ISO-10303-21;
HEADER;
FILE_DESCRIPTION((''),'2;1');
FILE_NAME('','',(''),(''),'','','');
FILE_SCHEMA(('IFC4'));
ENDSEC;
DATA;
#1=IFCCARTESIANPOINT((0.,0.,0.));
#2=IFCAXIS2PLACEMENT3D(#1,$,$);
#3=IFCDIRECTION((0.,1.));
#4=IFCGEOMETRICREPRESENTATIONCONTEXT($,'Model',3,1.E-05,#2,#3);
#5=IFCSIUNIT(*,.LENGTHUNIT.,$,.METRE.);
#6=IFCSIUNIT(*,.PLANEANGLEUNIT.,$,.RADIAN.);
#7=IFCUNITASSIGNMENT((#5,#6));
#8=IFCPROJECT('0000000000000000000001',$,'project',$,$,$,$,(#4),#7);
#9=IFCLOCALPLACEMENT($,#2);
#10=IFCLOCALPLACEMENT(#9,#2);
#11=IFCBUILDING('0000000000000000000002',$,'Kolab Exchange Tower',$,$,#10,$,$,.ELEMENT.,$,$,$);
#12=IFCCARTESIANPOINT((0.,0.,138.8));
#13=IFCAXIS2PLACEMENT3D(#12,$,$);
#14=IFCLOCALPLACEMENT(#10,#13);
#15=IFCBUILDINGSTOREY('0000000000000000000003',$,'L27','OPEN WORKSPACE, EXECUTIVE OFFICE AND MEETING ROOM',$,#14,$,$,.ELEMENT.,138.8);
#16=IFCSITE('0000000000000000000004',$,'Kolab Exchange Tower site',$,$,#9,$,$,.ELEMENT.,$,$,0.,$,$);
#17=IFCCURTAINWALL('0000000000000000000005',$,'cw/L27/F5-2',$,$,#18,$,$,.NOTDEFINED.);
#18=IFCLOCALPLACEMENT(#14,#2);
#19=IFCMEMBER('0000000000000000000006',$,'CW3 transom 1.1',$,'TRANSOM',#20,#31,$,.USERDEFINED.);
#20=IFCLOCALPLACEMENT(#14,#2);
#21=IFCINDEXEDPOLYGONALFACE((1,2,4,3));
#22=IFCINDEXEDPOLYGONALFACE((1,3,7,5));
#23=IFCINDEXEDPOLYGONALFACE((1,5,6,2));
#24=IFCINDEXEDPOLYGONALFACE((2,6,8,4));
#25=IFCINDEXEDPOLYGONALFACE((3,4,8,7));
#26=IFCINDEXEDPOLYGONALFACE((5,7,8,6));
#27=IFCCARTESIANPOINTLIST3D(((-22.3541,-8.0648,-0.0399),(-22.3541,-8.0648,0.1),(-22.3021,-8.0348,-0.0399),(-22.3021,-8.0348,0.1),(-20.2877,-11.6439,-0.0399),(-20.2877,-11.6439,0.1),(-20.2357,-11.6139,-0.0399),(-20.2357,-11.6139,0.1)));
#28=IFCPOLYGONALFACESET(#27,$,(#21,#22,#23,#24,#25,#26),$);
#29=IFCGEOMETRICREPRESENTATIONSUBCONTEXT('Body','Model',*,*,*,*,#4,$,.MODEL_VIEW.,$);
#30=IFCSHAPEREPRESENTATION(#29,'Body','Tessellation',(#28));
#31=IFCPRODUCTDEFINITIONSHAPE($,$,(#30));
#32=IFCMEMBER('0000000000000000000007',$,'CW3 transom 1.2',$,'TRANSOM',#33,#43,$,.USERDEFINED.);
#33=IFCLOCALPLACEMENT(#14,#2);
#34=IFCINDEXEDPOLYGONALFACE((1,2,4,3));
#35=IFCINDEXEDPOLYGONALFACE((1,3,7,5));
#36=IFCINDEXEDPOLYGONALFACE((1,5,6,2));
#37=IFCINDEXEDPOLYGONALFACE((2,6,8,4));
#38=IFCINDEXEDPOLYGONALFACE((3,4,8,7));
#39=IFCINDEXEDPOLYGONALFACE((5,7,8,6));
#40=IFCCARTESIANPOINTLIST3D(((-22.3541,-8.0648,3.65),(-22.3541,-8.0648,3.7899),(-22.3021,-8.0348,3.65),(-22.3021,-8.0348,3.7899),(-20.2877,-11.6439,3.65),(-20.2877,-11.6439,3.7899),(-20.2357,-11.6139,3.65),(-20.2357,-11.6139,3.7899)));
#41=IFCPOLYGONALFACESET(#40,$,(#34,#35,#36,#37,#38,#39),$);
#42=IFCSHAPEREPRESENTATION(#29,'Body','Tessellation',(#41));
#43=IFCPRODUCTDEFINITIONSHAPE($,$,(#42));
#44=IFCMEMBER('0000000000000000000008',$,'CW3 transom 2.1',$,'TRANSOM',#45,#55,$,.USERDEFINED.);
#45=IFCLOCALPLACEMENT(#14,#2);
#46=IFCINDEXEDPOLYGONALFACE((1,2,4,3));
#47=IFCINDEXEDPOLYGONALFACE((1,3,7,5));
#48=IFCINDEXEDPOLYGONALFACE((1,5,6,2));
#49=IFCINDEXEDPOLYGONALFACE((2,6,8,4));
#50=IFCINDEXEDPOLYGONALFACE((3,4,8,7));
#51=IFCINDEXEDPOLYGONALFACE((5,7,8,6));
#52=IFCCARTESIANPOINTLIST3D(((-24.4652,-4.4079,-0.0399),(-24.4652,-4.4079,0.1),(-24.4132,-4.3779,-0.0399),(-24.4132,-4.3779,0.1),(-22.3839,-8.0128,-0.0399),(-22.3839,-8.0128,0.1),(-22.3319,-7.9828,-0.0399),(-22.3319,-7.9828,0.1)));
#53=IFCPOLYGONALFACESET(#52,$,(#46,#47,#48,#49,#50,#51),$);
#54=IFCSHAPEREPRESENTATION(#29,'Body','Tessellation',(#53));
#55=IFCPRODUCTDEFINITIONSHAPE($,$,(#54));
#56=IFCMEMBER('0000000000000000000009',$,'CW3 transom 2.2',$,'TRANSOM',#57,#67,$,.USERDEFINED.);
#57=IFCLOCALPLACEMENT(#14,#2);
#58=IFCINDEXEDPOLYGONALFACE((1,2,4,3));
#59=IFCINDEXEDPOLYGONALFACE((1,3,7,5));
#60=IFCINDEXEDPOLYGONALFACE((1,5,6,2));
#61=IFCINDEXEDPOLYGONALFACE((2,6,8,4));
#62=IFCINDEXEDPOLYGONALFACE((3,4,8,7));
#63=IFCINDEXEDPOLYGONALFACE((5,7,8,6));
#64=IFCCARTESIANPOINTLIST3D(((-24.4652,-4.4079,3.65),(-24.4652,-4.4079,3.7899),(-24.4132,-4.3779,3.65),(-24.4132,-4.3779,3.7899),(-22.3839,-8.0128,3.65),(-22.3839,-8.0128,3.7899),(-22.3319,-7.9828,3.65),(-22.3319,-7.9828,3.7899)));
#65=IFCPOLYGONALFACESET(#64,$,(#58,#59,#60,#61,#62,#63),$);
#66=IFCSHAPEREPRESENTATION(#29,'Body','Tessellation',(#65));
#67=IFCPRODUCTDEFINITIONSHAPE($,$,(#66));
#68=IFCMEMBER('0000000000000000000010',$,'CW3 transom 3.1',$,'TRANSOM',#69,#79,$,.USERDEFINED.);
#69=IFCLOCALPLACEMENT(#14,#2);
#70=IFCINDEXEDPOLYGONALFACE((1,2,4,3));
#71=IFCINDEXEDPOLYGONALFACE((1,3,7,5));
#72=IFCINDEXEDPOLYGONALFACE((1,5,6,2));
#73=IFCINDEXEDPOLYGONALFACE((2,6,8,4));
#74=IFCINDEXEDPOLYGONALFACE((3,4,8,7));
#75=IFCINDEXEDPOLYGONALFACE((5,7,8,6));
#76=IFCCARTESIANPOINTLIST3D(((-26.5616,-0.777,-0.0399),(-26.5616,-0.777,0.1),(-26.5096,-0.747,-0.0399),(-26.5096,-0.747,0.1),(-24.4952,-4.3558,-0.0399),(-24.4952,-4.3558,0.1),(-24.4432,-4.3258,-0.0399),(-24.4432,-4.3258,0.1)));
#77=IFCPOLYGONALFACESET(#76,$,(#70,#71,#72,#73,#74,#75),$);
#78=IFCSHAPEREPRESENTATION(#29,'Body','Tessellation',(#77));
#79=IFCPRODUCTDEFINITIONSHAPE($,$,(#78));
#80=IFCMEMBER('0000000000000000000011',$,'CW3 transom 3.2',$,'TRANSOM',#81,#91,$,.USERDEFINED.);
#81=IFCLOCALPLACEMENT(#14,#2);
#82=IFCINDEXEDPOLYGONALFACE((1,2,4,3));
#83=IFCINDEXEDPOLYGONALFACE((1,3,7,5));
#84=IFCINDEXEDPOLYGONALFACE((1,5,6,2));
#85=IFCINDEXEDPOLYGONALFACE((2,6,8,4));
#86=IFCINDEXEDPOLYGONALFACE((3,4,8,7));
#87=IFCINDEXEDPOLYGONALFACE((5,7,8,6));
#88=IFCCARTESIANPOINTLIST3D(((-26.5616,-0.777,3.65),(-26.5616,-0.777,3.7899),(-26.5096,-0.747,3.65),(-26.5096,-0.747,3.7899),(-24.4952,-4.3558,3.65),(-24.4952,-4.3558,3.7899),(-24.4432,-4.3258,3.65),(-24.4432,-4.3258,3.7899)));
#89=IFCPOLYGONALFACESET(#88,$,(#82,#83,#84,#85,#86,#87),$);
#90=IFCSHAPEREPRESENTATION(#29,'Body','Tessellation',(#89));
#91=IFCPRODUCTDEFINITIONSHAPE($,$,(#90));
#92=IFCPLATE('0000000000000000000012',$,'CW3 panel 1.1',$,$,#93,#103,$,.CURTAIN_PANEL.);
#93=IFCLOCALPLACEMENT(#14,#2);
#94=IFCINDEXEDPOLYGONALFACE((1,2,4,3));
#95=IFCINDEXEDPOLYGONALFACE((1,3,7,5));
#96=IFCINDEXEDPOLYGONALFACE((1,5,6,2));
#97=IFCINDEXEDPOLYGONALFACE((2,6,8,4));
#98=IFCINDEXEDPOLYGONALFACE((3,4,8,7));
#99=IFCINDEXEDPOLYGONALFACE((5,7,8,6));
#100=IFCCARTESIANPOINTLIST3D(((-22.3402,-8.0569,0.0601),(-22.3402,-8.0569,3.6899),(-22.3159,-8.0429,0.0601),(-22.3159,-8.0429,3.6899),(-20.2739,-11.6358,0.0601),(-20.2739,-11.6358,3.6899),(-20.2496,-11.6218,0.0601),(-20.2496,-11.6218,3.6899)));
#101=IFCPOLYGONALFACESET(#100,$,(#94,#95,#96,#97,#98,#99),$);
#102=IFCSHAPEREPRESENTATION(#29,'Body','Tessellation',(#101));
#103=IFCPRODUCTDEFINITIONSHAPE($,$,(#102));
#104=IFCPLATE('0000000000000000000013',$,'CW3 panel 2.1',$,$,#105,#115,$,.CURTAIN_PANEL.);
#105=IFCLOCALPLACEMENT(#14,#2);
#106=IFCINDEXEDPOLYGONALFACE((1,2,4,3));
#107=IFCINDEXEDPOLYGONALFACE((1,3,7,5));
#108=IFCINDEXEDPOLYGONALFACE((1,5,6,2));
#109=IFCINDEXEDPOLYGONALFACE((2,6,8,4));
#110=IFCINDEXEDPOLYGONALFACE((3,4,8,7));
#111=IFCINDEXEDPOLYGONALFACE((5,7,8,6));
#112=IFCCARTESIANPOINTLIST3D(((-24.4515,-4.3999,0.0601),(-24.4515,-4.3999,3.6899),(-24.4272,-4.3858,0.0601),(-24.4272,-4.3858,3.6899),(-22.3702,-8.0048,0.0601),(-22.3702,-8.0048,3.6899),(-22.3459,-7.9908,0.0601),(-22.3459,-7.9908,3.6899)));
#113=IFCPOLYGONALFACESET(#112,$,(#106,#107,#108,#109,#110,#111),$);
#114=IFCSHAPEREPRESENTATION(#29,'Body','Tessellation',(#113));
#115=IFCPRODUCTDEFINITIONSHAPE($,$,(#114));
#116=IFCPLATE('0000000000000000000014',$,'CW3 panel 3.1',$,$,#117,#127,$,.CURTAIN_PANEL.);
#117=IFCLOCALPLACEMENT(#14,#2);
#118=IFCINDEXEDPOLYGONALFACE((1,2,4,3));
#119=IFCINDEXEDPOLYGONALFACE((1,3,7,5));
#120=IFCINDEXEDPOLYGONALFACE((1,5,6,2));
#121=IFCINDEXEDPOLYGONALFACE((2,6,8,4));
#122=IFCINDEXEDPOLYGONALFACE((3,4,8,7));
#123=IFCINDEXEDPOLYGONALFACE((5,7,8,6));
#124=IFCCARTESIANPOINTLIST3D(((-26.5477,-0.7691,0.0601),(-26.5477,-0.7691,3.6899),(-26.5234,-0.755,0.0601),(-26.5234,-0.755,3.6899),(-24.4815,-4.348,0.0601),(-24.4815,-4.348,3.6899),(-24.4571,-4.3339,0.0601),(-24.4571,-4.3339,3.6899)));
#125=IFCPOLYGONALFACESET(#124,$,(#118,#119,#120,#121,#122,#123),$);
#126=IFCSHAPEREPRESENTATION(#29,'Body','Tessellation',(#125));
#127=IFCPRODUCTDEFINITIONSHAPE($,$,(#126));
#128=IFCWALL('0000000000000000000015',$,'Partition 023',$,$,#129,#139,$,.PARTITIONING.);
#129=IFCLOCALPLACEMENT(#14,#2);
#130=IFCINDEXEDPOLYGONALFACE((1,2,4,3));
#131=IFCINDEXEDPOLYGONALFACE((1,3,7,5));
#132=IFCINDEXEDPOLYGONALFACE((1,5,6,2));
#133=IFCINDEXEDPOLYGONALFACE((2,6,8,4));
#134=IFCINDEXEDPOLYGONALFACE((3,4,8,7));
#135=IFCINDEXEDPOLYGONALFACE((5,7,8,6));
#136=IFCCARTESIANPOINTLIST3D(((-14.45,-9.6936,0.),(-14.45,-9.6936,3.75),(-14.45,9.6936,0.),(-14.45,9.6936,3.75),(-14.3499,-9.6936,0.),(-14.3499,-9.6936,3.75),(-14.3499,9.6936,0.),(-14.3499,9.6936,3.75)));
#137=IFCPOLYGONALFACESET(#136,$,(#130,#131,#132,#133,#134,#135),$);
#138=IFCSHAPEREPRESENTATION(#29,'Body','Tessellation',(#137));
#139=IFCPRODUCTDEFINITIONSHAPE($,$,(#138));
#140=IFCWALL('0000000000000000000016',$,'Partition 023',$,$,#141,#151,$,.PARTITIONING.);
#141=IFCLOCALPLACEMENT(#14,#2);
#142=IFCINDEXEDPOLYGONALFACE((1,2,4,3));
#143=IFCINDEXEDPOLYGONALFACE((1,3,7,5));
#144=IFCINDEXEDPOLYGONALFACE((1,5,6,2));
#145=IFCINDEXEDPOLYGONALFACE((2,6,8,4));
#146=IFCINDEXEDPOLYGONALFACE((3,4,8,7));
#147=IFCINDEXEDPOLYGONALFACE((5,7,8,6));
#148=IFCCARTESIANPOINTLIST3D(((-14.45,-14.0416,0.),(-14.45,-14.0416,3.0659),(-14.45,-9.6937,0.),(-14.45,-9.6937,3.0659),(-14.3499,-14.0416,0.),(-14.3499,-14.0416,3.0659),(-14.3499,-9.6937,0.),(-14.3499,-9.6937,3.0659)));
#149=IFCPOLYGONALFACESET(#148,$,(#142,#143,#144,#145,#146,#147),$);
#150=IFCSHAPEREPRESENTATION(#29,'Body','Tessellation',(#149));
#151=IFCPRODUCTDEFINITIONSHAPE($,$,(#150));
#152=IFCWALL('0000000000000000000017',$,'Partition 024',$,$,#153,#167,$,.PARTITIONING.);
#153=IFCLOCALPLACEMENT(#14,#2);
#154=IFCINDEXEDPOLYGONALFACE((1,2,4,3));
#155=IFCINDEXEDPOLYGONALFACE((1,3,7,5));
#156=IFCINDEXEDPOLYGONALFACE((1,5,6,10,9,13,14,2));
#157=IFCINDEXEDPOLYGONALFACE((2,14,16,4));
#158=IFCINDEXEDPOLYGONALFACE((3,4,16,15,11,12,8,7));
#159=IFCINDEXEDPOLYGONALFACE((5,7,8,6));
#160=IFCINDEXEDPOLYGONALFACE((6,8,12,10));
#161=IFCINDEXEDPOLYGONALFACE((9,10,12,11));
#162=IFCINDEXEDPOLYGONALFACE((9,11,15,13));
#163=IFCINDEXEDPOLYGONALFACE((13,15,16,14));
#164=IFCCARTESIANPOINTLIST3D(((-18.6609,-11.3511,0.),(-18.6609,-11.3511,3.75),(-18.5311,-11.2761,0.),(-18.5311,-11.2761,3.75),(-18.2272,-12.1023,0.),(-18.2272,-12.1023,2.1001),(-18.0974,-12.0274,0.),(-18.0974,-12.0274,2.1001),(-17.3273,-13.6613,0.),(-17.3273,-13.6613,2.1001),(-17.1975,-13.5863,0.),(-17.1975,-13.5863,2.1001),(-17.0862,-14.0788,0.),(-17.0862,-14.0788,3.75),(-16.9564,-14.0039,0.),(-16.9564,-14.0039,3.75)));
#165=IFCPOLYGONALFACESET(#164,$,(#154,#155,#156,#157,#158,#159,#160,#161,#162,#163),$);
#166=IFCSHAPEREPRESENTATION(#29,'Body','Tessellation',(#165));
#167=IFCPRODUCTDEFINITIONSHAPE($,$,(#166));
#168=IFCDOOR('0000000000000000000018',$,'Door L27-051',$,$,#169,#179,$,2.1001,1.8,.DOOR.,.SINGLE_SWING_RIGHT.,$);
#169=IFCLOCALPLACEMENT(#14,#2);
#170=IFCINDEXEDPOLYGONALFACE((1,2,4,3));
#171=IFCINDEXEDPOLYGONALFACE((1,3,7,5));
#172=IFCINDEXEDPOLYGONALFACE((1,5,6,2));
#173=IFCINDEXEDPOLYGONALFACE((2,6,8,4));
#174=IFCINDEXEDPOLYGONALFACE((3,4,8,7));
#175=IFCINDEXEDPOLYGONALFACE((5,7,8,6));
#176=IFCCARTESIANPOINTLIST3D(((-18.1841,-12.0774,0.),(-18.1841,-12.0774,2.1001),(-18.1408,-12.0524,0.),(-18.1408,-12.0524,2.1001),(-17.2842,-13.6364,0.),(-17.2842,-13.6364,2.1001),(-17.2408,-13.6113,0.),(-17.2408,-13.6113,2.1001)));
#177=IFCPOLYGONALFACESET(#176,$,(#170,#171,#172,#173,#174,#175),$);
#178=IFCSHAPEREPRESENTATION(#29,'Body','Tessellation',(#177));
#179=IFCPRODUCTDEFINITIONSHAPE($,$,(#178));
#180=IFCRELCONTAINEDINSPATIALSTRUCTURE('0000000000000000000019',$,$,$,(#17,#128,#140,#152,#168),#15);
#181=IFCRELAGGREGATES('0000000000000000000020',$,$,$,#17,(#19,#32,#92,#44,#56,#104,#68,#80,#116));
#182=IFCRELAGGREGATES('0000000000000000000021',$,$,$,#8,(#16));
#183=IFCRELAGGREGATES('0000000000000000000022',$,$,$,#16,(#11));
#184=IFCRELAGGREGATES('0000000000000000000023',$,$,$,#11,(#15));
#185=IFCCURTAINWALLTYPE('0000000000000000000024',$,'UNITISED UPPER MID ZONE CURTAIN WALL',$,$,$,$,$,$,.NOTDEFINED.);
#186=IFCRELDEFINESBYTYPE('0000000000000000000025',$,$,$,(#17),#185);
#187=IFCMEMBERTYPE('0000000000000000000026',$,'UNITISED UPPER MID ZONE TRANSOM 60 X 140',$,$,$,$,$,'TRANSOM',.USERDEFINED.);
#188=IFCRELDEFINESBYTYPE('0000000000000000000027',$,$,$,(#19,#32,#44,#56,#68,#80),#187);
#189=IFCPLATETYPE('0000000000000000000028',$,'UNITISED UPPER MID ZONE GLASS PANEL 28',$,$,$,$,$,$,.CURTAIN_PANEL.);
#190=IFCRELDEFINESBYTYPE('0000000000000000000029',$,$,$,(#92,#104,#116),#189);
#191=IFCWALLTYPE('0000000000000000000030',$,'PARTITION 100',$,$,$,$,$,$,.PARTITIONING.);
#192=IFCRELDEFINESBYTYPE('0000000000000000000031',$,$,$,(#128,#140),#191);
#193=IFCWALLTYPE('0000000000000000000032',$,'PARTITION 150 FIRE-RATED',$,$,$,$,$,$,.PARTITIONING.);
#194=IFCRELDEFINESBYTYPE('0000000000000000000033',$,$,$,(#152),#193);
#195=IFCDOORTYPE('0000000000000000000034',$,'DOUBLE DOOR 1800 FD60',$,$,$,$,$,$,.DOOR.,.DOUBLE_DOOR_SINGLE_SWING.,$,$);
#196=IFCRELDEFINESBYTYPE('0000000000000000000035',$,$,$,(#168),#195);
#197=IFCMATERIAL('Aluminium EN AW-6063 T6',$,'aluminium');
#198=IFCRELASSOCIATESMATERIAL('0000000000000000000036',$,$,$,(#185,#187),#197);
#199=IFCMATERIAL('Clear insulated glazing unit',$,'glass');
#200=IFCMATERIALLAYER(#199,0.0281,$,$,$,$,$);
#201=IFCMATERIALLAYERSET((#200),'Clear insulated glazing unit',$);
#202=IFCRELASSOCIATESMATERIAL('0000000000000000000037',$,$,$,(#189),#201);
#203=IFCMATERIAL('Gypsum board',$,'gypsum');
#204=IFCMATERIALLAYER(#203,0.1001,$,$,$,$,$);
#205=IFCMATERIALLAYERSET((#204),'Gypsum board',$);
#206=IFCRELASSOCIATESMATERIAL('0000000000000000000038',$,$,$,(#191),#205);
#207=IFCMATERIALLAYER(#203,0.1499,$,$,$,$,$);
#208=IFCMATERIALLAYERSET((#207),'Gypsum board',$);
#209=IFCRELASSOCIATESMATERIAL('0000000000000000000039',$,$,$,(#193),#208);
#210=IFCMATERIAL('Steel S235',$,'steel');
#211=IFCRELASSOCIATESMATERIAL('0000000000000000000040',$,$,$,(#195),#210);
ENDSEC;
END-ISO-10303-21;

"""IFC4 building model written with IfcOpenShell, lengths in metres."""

from ifc_helpers import new_model, si_unit, direction, frame, frame_2d, origin, origin_2d, place, context, subcontext, project, spatial, rectangle, extrude, material, layer, layer_set, material_profile, profile_set, type_object, element, fill, aggregate, save


model = new_model("IFC4")

# Units and contexts
model_context = context("Model", 3, precision=1e-05, world=origin(), true_north=direction((0.0, 1.0)))
body_context = subcontext(model_context, "Body", "Model", "MODEL_VIEW")
ifc_project = project(units=[si_unit("LENGTHUNIT", "METRE"), si_unit("PLANEANGLEUNIT", "RADIAN")], contexts=[model_context])

# Site, building, storey
site_placement = place(None, origin())
site = spatial("IfcSite", under=ifc_project, at=site_placement, Name="Kolab Exchange Tower site", CompositionType="ELEMENT", RefElevation=0.0)
building_placement = place(site_placement, origin())
building = spatial("IfcBuilding", under=site, at=building_placement, Name="Kolab Exchange Tower", CompositionType="ELEMENT")
storey_placement = place(building_placement, frame((0.0, 0.0, 138.8)))
storey = spatial("IfcBuildingStorey", under=building, at=storey_placement, Name="L27", Description="OPEN WORKSPACE, EXECUTIVE OFFICE AND MEETING ROOM", CompositionType="ELEMENT", Elevation=138.8)

# Curtain wall
ifc_material_1 = material(Name="Aluminium EN AW-6063 T6", Category="aluminium")
curtain_wall_type = type_object("IfcCurtainWallType", Name="UNITISED UPPER MID ZONE CURTAIN WALL", PredefinedType="NOTDEFINED", material=ifc_material_1)
curtain_wall_1_placement = place(storey_placement, origin())
curtain_wall_1 = element("IfcCurtainWall", 1, at=curtain_wall_1_placement, inside=storey, type_object=curtain_wall_type, Name="cw/L27/F5-2", PredefinedType="NOTDEFINED")

# Members
ifc_material_profile_1 = material_profile(ifc_material_1, rectangle(XDim=0.0601, YDim=0.1399, at=origin_2d()), Name="RECT 60X140")
ifc_profile_set_1 = profile_set([ifc_material_profile_1], Name="Aluminium EN AW-6063 T6")
member_type_1 = type_object("IfcMemberType", Name="UNITISED UPPER MID ZONE TRANSOM 60 X 140", ElementType="TRANSOM", PredefinedType="USERDEFINED", material=ifc_profile_set_1)
member_1_placement = place(storey_placement, frame((-20.2617, -11.6289, 0.03), z_axis=(-0.500002, 0.866024, 0.0), x_axis=(-0.866024, -0.500002, 0.0)))
member_1 = element("IfcMember", 2, at=member_1_placement, type_object=member_type_1, Name="CW3 transom 1.1", ObjectType="TRANSOM", PredefinedType="USERDEFINED", context=body_context, shape_type="SweptSolid", body=[
    extrude(rectangle(XDim=0.0601, YDim=0.1399, at=origin_2d()), origin(), (0.0, 0.0, 1.0), 4.1328),
])
member_2_placement = place(storey_placement, frame((-20.2617, -11.6289, 3.72), z_axis=(-0.500002, 0.866024, 0.0), x_axis=(-0.866024, -0.500002, 0.0)))
member_2 = element("IfcMember", 3, at=member_2_placement, type_object=member_type_1, Name="CW3 transom 1.2", ObjectType="TRANSOM", PredefinedType="USERDEFINED", context=body_context, shape_type="SweptSolid", body=[
    extrude(rectangle(XDim=0.0601, YDim=0.1399, at=origin_2d()), origin(), (0.0, 0.0, 1.0), 4.1328),
])
member_3_placement = place(storey_placement, frame((-22.3579, -7.9978, 0.03), z_axis=(-0.499993, 0.866029, 0.0), x_axis=(-0.866029, -0.499993, 0.0)))
member_3 = element("IfcMember", 4, at=member_3_placement, type_object=member_type_1, Name="CW3 transom 2.1", ObjectType="TRANSOM", PredefinedType="USERDEFINED", context=body_context, shape_type="SweptSolid", body=[
    extrude(rectangle(XDim=0.0601, YDim=0.1399, at=origin_2d()), origin(), (0.0, 0.0, 1.0), 4.1626),
])
member_4_placement = place(storey_placement, frame((-22.3579, -7.9978, 3.72), z_axis=(-0.499993, 0.866029, 0.0), x_axis=(-0.866029, -0.499993, 0.0)))
member_4 = element("IfcMember", 5, at=member_4_placement, type_object=member_type_1, Name="CW3 transom 2.2", ObjectType="TRANSOM", PredefinedType="USERDEFINED", context=body_context, shape_type="SweptSolid", body=[
    extrude(rectangle(XDim=0.0601, YDim=0.1399, at=origin_2d()), origin(), (0.0, 0.0, 1.0), 4.1626),
])
member_5_placement = place(storey_placement, frame((-24.4692, -4.3408, 0.03), z_axis=(-0.500028, 0.866009, 0.0), x_axis=(-0.866009, -0.500028, 0.0)))
member_5 = element("IfcMember", 6, at=member_5_placement, type_object=member_type_1, Name="CW3 transom 3.1", ObjectType="TRANSOM", PredefinedType="USERDEFINED", context=body_context, shape_type="SweptSolid", body=[
    extrude(rectangle(XDim=0.0601, YDim=0.1399, at=origin_2d()), origin(), (0.0, 0.0, 1.0), 4.1326),
])
member_6_placement = place(storey_placement, frame((-24.4692, -4.3408, 3.72), z_axis=(-0.500028, 0.866009, 0.0), x_axis=(-0.866009, -0.500028, 0.0)))
member_6 = element("IfcMember", 7, at=member_6_placement, type_object=member_type_1, Name="CW3 transom 3.2", ObjectType="TRANSOM", PredefinedType="USERDEFINED", context=body_context, shape_type="SweptSolid", body=[
    extrude(rectangle(XDim=0.0601, YDim=0.1399, at=origin_2d()), origin(), (0.0, 0.0, 1.0), 4.1326),
])

# Plates
ifc_material_2 = material(Name="Clear insulated glazing unit", Category="glass")
ifc_layer_1 = layer(ifc_material_2, 0.0281)
ifc_layer_set_1 = layer_set([ifc_layer_1], Name="Clear insulated glazing unit")
plate_type = type_object("IfcPlateType", Name="UNITISED UPPER MID ZONE GLASS PANEL 28", PredefinedType="CURTAIN_PANEL", material=ifc_layer_set_1)
plate_1_placement = place(storey_placement, frame((-21.2949, -9.8394, 0.0601), z_axis=(0.0, 0.0, 1.0), x_axis=(-0.5, 0.866025, 0.0)))
plate_1 = element("IfcPlate", 8, at=plate_1_placement, type_object=plate_type, Name="CW3 panel 1.1", PredefinedType="CURTAIN_PANEL", context=body_context, shape_type="SweptSolid", body=[
    extrude(rectangle(XDim=4.1326, YDim=0.0281, at=origin_2d()), origin(), (0.0, 0.0, 1.0), 3.6299),
])
plate_2_placement = place(storey_placement, frame((-23.3987, -6.1953, 0.0601), z_axis=(0.0, 0.0, 1.0), x_axis=(-0.5, 0.866025, 0.0)))
plate_2 = element("IfcPlate", 9, at=plate_2_placement, type_object=plate_type, Name="CW3 panel 2.1", PredefinedType="CURTAIN_PANEL", context=body_context, shape_type="SweptSolid", body=[
    extrude(rectangle(XDim=4.1626, YDim=0.0281, at=origin_2d()), origin(), (0.0, 0.0, 1.0), 3.6299),
])
plate_3_placement = place(storey_placement, frame((-25.5024, -2.5515, 0.0601), z_axis=(0.0, 0.0, 1.0), x_axis=(-0.5, 0.866025, 0.0)))
plate_3 = element("IfcPlate", 10, at=plate_3_placement, type_object=plate_type, Name="CW3 panel 3.1", PredefinedType="CURTAIN_PANEL", context=body_context, shape_type="SweptSolid", body=[
    extrude(rectangle(XDim=4.1326, YDim=0.0281, at=origin_2d()), origin(), (0.0, 0.0, 1.0), 3.6299),
])
aggregate(curtain_wall_1, [member_1, member_2, plate_1, member_3, member_4, plate_2, member_5, member_6, plate_3])

# Walls
ifc_material_3 = material(Name="Gypsum board", Category="gypsum")
ifc_layer_2 = layer(ifc_material_3, 0.1001)
ifc_layer_set_2 = layer_set([ifc_layer_2], Name="Gypsum board")
wall_type_1 = type_object("IfcWallType", Name="PARTITION 100", PredefinedType="PARTITIONING", material=ifc_layer_set_2)
wall_1_placement = place(storey_placement, frame((-14.3999, -9.6936, 0.0), z_axis=(0.0, 0.0, 1.0), x_axis=(0.0, 1.0, 0.0)))
element("IfcWall", 11, at=wall_1_placement, inside=storey, type_object=wall_type_1, Name="Partition 023", PredefinedType="PARTITIONING", context=body_context, shape_type="SweptSolid", body=[
    extrude(rectangle(XDim=19.3872, YDim=0.1001, at=frame_2d((9.6936, 0.0))), origin(), (0.0, 0.0, 1.0), 3.75),
])
wall_2_placement = place(storey_placement, frame((-14.3999, -14.0415, 0.0), z_axis=(0.0, 0.0, 1.0), x_axis=(0.0, 1.0, 0.0)))
element("IfcWall", 12, at=wall_2_placement, inside=storey, type_object=wall_type_1, Name="Partition 023", PredefinedType="PARTITIONING", context=body_context, shape_type="SweptSolid", body=[
    extrude(rectangle(XDim=4.3479, YDim=0.1001, at=frame_2d((2.1738, 0.0))), origin(), (0.0, 0.0, 1.0), 3.0659),
])

# Wall, opening, door
ifc_layer_3 = layer(ifc_material_3, 0.1499)
ifc_layer_set_3 = layer_set([ifc_layer_3], Name="Gypsum board")
wall_type_2 = type_object("IfcWallType", Name="PARTITION 150 FIRE-RATED", PredefinedType="PARTITIONING", material=ifc_layer_set_3)
wall_3_placement = place(storey_placement, frame((-18.5959, -11.3137, 0.0), z_axis=(0.0, 0.0, 1.0), x_axis=(0.499957, -0.86605, 0.0)))
wall_3 = element("IfcWall", 13, at=wall_3_placement, inside=storey, type_object=wall_type_2, Name="Partition 024", PredefinedType="PARTITIONING", context=body_context, shape_type="SweptSolid", body=[
    extrude(rectangle(XDim=3.1497, YDim=0.1499, at=frame_2d((1.5747, 0.0))), origin(), (0.0, 0.0, 1.0), 3.75),
])
opening_placement = place(wall_3_placement, frame((0.8674, 0.0, 0.0)))
opening = element("IfcOpeningElement", 14, at=opening_placement, cuts=wall_3, PredefinedType="OPENING", context=body_context, shape_type="SweptSolid", body=[
    extrude(rectangle(XDim=1.8, YDim=2.1001, at=frame_2d((0.8999, 1.05))), frame((0.0, 0.085, 0.0), z_axis=(0.0, -1.0, 0.0), x_axis=(1.0, 0.0, 0.0)), (0.0, 0.0, 1.0), 0.1699),
])
ifc_material_4 = material(Name="Steel S235", Category="steel")
door_type = type_object("IfcDoorType", Name="DOUBLE DOOR 1800 FD60", OperationType="DOUBLE_DOOR_SINGLE_SWING", PredefinedType="DOOR", material=ifc_material_4)
door_placement = place(opening_placement, origin())
door = element("IfcDoor", 15, at=door_placement, inside=storey, type_object=door_type, Name="Door L27-051", OperationType="SINGLE_SWING_RIGHT", OverallHeight=2.1001, OverallWidth=1.8, PredefinedType="DOOR", context=body_context, shape_type="SweptSolid", body=[
    extrude(rectangle(XDim=1.8, YDim=2.1001, at=frame_2d((0.8999, 1.05))), frame((0.0, 0.0249, 0.0), z_axis=(0.0, -1.0, 0.0), x_axis=(1.0, 0.0, 0.0)), (0.0, 0.0, 1.0), 0.05),
])
fill(opening, door)

save(model, "model.ifc")
